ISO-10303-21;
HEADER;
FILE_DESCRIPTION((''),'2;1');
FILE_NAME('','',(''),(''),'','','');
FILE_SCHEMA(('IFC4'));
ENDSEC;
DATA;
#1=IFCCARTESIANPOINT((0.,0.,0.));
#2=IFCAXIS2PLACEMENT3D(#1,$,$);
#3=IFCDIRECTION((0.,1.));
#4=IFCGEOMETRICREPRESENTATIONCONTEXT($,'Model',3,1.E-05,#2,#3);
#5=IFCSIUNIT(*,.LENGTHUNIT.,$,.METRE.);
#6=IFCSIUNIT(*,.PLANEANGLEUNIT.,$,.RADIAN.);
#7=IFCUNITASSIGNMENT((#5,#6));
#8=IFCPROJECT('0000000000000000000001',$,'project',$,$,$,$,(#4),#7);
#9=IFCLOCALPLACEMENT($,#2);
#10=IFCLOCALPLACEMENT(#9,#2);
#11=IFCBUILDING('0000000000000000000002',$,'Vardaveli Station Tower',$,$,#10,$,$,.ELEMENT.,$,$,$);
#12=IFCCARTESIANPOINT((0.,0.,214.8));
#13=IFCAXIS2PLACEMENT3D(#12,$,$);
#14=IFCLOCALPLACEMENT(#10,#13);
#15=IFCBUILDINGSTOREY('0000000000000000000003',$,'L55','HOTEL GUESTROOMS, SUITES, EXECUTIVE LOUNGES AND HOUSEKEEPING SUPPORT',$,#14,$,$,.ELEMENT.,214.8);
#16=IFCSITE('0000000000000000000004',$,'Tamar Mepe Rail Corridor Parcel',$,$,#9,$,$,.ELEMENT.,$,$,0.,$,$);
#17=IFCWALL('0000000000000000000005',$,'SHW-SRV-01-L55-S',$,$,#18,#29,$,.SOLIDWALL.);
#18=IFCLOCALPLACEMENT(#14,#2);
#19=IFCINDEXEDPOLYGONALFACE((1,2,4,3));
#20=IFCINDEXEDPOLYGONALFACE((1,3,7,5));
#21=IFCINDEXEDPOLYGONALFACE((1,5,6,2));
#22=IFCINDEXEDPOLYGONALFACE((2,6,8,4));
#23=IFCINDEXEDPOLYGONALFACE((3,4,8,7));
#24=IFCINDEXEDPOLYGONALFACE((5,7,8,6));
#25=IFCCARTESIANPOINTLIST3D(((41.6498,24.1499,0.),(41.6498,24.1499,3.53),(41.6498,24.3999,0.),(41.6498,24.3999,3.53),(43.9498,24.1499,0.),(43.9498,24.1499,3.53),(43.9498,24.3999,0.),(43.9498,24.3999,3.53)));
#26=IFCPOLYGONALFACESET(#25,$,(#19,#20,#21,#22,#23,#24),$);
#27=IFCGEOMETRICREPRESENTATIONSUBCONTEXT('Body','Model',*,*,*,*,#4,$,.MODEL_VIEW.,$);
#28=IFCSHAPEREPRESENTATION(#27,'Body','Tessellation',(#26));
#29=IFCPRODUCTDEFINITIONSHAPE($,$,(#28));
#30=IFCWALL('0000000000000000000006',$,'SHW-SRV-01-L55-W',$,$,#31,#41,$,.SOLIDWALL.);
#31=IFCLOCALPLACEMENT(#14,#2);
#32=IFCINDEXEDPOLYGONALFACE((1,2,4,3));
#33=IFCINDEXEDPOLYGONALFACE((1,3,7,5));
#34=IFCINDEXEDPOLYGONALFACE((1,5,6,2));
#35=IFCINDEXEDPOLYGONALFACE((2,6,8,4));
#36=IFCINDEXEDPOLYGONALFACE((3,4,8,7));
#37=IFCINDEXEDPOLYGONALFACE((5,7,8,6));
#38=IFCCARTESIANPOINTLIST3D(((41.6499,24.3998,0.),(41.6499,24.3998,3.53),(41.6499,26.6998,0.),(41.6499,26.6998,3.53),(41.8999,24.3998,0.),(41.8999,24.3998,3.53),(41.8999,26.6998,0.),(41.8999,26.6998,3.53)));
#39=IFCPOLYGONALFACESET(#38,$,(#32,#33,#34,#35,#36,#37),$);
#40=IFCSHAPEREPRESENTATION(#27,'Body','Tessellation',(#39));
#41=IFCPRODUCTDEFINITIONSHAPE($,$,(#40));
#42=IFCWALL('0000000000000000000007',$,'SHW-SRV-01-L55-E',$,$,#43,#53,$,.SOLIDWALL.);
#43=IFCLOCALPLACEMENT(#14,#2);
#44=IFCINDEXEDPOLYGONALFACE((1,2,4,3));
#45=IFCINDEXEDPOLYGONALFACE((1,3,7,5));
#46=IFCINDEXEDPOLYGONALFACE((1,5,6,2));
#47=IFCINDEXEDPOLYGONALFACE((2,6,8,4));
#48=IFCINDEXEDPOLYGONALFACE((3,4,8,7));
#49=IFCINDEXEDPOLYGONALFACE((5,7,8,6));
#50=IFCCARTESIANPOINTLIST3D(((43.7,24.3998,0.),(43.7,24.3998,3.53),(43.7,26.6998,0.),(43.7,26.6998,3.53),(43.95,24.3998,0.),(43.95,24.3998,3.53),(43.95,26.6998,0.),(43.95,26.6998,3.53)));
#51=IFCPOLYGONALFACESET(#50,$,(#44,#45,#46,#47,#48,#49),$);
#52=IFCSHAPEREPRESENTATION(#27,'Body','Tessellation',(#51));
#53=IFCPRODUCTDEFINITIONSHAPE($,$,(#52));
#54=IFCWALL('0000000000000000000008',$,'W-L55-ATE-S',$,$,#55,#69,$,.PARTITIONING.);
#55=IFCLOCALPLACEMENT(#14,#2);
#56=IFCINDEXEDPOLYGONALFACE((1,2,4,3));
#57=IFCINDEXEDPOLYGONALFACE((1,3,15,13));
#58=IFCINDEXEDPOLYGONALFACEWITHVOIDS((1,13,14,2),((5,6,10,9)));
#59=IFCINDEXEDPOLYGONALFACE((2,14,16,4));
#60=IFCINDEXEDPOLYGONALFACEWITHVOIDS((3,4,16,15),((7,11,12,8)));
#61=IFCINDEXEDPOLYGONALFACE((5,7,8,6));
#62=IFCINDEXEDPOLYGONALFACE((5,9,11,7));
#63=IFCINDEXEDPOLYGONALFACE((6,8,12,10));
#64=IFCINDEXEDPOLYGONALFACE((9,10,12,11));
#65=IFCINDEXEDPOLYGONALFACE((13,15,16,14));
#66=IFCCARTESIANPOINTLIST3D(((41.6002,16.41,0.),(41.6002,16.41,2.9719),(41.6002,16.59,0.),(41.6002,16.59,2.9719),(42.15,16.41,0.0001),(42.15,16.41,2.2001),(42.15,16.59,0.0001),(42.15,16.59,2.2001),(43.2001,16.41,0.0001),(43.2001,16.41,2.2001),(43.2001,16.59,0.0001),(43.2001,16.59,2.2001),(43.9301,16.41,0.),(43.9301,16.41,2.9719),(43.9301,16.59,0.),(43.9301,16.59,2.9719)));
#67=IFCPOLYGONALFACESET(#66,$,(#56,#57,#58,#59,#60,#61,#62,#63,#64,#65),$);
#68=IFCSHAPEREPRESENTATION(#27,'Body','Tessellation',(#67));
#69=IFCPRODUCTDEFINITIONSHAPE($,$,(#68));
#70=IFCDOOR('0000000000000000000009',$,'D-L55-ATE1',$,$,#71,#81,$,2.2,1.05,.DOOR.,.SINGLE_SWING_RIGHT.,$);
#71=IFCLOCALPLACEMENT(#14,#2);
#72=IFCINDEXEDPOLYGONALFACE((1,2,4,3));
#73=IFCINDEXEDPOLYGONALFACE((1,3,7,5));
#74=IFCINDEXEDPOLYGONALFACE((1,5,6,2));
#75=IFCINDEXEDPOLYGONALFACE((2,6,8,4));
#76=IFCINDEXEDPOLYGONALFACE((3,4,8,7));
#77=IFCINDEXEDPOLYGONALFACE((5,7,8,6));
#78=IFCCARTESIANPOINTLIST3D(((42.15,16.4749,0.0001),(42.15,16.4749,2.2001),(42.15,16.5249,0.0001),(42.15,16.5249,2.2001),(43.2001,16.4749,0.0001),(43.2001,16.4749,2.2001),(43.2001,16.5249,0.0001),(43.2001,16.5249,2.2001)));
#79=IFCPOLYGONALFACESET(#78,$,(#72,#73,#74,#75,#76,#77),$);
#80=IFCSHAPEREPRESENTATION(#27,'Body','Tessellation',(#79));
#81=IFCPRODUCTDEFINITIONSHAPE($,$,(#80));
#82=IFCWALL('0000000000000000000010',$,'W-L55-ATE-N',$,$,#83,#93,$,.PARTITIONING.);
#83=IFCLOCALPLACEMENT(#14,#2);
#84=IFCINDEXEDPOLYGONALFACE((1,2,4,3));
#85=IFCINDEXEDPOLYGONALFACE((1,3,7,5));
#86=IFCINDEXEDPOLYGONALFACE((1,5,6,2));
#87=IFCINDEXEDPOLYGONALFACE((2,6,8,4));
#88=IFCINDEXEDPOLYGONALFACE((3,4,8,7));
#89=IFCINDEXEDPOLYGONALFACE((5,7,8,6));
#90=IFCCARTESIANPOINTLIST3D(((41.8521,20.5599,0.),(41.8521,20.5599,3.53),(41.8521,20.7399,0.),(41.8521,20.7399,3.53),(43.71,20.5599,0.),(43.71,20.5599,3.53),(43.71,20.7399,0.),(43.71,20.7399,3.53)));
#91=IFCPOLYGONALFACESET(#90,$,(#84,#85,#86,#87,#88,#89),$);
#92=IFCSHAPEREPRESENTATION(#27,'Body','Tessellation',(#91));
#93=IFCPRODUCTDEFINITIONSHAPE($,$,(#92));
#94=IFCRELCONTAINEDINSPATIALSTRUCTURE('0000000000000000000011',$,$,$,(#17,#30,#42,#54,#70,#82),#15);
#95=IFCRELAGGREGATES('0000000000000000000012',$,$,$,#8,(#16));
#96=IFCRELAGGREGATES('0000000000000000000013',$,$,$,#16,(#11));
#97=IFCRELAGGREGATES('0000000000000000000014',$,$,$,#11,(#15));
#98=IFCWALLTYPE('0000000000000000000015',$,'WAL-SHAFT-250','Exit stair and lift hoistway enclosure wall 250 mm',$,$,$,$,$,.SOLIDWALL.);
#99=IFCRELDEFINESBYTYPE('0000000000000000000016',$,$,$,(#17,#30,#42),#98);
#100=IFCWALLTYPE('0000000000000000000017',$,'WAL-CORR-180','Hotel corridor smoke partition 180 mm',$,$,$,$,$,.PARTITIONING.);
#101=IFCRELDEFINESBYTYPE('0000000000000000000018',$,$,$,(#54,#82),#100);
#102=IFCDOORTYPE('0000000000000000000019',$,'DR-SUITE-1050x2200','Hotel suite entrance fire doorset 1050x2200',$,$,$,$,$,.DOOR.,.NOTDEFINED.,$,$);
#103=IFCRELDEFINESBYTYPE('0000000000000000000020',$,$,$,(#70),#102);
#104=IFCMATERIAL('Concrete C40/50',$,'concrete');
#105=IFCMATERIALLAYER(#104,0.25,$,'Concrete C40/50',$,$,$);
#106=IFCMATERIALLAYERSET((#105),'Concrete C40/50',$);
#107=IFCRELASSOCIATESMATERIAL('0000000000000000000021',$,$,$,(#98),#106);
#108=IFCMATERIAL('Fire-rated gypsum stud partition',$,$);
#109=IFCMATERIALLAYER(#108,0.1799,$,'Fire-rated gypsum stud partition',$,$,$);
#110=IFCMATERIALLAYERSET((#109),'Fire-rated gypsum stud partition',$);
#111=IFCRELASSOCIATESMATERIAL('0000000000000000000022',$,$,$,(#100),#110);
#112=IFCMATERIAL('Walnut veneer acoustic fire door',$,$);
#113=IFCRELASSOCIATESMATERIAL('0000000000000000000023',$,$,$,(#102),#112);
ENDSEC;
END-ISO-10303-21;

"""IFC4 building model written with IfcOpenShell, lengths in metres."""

from ifc_helpers import new_model, si_unit, direction, frame, frame_2d, origin, place, context, subcontext, project, spatial, rectangle, extrude, source, transform, mapped, material, layer, layer_set, type_object, element, fill, save


model = new_model("IFC4")

# Units and contexts
model_context = context("Model", 3, precision=1e-05, world=origin(), true_north=direction((0.0, 1.0)))
body_context = subcontext(model_context, "Body", "Model", "MODEL_VIEW")
ifc_project = project(units=[si_unit("LENGTHUNIT", "METRE"), si_unit("PLANEANGLEUNIT", "RADIAN")], contexts=[model_context])

# Site, building, storey
site_placement = place(None, origin())
site = spatial("IfcSite", under=ifc_project, at=site_placement, Name="Tamar Mepe Rail Corridor Parcel", CompositionType="ELEMENT", RefElevation=0.0)
building_placement = place(site_placement, origin())
building = spatial("IfcBuilding", under=site, at=building_placement, Name="Vardaveli Station Tower", CompositionType="ELEMENT")
storey_placement = place(building_placement, frame((0.0, 0.0, 214.8)))
storey = spatial("IfcBuildingStorey", under=building, at=storey_placement, Name="L55", Description="HOTEL GUESTROOMS, SUITES, EXECUTIVE LOUNGES AND HOUSEKEEPING SUPPORT", CompositionType="ELEMENT", Elevation=214.8)

# Shared definitions
ifc_material_1 = material(Name="Concrete C40/50", Category="concrete")

# Walls
ifc_layer_1 = layer(ifc_material_1, 0.25, Name="Concrete C40/50")
ifc_layer_set_1 = layer_set([ifc_layer_1], Name="Concrete C40/50")
wall_type_1 = type_object("IfcWallType", Name="WAL-SHAFT-250", Description="Exit stair and lift hoistway enclosure wall 250 mm", PredefinedType="SOLIDWALL", material=ifc_layer_set_1)
shared_shape_1 = source(origin(), body_context, "Body", "SweptSolid", [
    extrude(rectangle(XDim=2.3, YDim=0.25, at=frame_2d((1.1499, 0.0))), origin(), (0.0, 0.0, 1.0), 3.53),
])
for number, where, z_axis, x_axis, name in (
    (1, (41.6499, 24.2749, 0.0), (0.0, 0.0, 1.0), (1.0, 0.0, 0.0), "SHW-SRV-01-L55-S"),
    (2, (41.7749, 24.3999, 0.0), (0.0, 0.0, 1.0), (0.0, 1.0, 0.0), "SHW-SRV-01-L55-W"),
    (3, (43.825, 24.3999, 0.0), (0.0, 0.0, 1.0), (0.0, 1.0, 0.0), "SHW-SRV-01-L55-E"),
):
    element("IfcWall", number, at=place(storey_placement, frame(where, z_axis=z_axis, x_axis=x_axis)), inside=storey, type_object=wall_type_1, Name=name, PredefinedType="SOLIDWALL", context=body_context, shape_type="MappedRepresentation", body=[
        mapped(shared_shape_1, transform((0.0, 0.0, 0.0), scale=1.0)),
    ])

# Wall, opening, door
ifc_material_2 = material(Name="Fire-rated gypsum stud partition")
ifc_layer_2 = layer(ifc_material_2, 0.1799, Name="Fire-rated gypsum stud partition")
ifc_layer_set_2 = layer_set([ifc_layer_2], Name="Fire-rated gypsum stud partition")
wall_type_2 = type_object("IfcWallType", Name="WAL-CORR-180", Description="Hotel corridor smoke partition 180 mm", PredefinedType="PARTITIONING", material=ifc_layer_set_2)
shared_shape_2 = source(origin(), body_context, "Body", "SweptSolid", [
    extrude(rectangle(XDim=2.3298, YDim=0.1799, at=frame_2d((1.165, 0.0))), origin(), (0.0, 0.0, 1.0), 2.9719),
])
wall_1_placement = place(storey_placement, frame((41.6001, 16.5, 0.0), z_axis=(0.0, 0.0, 1.0), x_axis=(1.0, 0.0, 0.0)))
wall_1 = element("IfcWall", 4, at=wall_1_placement, inside=storey, type_object=wall_type_2, Name="W-L55-ATE-S", PredefinedType="PARTITIONING", context=body_context, shape_type="MappedRepresentation", body=[
    mapped(shared_shape_2, transform((0.0, 0.0, 0.0), scale=1.0)),
])
shared_shape_3 = source(origin(), body_context, "Body", "SweptSolid", [
    extrude(rectangle(XDim=1.05, YDim=2.2, at=frame_2d((0.5249, 1.1001))), frame((0.0, 0.1001, 0.0), z_axis=(0.0, -1.0, 0.0), x_axis=(1.0, 0.0, 0.0)), (0.0, 0.0, 1.0), 0.2),
])
opening_1_placement = place(wall_1_placement, frame((0.55, 0.0, 0.0)))
opening_1 = element("IfcOpeningElement", 5, at=opening_1_placement, cuts=wall_1, PredefinedType="OPENING", context=body_context, shape_type="MappedRepresentation", body=[
    mapped(shared_shape_3, transform((0.0, 0.0, 0.0), scale=1.0)),
])
ifc_material_3 = material(Name="Walnut veneer acoustic fire door")
door_type_1 = type_object("IfcDoorType", Name="DR-SUITE-1050x2200", Description="Hotel suite entrance fire doorset 1050x2200", OperationType="NOTDEFINED", PredefinedType="DOOR", material=ifc_material_3)
shared_shape_4 = source(origin(), body_context, "Body", "SweptSolid", [
    extrude(rectangle(XDim=1.05, YDim=2.2, at=frame_2d((0.5249, 1.1001))), frame((0.0, 0.0249, 0.0), z_axis=(0.0, -1.0, 0.0), x_axis=(1.0, 0.0, 0.0)), (0.0, 0.0, 1.0), 0.05),
])
door_1_placement = place(opening_1_placement, origin())
door_1 = element("IfcDoor", 6, at=door_1_placement, inside=storey, type_object=door_type_1, Name="D-L55-ATE1", OperationType="SINGLE_SWING_RIGHT", OverallHeight=2.2, OverallWidth=1.05, PredefinedType="DOOR", context=body_context, shape_type="MappedRepresentation", body=[
    mapped(shared_shape_4, transform((0.0, 0.0, 0.0), scale=1.0)),
])
fill(opening_1, door_1)

# Wall
shared_shape_5 = source(origin(), body_context, "Body", "SweptSolid", [
    extrude(rectangle(XDim=1.8579, YDim=0.1799, at=frame_2d((0.929, 0.0))), origin(), (0.0, 0.0, 1.0), 3.53),
])
wall_2_placement = place(storey_placement, frame((41.8521, 20.6499, 0.0), z_axis=(0.0, 0.0, 1.0), x_axis=(1.0, 0.0, 0.0)))
element("IfcWall", 7, at=wall_2_placement, inside=storey, type_object=wall_type_2, Name="W-L55-ATE-N", PredefinedType="PARTITIONING", context=body_context, shape_type="MappedRepresentation", body=[
    mapped(shared_shape_5, transform((0.0, 0.0, 0.0), scale=1.0)),
])

save(model, "model.ifc")
